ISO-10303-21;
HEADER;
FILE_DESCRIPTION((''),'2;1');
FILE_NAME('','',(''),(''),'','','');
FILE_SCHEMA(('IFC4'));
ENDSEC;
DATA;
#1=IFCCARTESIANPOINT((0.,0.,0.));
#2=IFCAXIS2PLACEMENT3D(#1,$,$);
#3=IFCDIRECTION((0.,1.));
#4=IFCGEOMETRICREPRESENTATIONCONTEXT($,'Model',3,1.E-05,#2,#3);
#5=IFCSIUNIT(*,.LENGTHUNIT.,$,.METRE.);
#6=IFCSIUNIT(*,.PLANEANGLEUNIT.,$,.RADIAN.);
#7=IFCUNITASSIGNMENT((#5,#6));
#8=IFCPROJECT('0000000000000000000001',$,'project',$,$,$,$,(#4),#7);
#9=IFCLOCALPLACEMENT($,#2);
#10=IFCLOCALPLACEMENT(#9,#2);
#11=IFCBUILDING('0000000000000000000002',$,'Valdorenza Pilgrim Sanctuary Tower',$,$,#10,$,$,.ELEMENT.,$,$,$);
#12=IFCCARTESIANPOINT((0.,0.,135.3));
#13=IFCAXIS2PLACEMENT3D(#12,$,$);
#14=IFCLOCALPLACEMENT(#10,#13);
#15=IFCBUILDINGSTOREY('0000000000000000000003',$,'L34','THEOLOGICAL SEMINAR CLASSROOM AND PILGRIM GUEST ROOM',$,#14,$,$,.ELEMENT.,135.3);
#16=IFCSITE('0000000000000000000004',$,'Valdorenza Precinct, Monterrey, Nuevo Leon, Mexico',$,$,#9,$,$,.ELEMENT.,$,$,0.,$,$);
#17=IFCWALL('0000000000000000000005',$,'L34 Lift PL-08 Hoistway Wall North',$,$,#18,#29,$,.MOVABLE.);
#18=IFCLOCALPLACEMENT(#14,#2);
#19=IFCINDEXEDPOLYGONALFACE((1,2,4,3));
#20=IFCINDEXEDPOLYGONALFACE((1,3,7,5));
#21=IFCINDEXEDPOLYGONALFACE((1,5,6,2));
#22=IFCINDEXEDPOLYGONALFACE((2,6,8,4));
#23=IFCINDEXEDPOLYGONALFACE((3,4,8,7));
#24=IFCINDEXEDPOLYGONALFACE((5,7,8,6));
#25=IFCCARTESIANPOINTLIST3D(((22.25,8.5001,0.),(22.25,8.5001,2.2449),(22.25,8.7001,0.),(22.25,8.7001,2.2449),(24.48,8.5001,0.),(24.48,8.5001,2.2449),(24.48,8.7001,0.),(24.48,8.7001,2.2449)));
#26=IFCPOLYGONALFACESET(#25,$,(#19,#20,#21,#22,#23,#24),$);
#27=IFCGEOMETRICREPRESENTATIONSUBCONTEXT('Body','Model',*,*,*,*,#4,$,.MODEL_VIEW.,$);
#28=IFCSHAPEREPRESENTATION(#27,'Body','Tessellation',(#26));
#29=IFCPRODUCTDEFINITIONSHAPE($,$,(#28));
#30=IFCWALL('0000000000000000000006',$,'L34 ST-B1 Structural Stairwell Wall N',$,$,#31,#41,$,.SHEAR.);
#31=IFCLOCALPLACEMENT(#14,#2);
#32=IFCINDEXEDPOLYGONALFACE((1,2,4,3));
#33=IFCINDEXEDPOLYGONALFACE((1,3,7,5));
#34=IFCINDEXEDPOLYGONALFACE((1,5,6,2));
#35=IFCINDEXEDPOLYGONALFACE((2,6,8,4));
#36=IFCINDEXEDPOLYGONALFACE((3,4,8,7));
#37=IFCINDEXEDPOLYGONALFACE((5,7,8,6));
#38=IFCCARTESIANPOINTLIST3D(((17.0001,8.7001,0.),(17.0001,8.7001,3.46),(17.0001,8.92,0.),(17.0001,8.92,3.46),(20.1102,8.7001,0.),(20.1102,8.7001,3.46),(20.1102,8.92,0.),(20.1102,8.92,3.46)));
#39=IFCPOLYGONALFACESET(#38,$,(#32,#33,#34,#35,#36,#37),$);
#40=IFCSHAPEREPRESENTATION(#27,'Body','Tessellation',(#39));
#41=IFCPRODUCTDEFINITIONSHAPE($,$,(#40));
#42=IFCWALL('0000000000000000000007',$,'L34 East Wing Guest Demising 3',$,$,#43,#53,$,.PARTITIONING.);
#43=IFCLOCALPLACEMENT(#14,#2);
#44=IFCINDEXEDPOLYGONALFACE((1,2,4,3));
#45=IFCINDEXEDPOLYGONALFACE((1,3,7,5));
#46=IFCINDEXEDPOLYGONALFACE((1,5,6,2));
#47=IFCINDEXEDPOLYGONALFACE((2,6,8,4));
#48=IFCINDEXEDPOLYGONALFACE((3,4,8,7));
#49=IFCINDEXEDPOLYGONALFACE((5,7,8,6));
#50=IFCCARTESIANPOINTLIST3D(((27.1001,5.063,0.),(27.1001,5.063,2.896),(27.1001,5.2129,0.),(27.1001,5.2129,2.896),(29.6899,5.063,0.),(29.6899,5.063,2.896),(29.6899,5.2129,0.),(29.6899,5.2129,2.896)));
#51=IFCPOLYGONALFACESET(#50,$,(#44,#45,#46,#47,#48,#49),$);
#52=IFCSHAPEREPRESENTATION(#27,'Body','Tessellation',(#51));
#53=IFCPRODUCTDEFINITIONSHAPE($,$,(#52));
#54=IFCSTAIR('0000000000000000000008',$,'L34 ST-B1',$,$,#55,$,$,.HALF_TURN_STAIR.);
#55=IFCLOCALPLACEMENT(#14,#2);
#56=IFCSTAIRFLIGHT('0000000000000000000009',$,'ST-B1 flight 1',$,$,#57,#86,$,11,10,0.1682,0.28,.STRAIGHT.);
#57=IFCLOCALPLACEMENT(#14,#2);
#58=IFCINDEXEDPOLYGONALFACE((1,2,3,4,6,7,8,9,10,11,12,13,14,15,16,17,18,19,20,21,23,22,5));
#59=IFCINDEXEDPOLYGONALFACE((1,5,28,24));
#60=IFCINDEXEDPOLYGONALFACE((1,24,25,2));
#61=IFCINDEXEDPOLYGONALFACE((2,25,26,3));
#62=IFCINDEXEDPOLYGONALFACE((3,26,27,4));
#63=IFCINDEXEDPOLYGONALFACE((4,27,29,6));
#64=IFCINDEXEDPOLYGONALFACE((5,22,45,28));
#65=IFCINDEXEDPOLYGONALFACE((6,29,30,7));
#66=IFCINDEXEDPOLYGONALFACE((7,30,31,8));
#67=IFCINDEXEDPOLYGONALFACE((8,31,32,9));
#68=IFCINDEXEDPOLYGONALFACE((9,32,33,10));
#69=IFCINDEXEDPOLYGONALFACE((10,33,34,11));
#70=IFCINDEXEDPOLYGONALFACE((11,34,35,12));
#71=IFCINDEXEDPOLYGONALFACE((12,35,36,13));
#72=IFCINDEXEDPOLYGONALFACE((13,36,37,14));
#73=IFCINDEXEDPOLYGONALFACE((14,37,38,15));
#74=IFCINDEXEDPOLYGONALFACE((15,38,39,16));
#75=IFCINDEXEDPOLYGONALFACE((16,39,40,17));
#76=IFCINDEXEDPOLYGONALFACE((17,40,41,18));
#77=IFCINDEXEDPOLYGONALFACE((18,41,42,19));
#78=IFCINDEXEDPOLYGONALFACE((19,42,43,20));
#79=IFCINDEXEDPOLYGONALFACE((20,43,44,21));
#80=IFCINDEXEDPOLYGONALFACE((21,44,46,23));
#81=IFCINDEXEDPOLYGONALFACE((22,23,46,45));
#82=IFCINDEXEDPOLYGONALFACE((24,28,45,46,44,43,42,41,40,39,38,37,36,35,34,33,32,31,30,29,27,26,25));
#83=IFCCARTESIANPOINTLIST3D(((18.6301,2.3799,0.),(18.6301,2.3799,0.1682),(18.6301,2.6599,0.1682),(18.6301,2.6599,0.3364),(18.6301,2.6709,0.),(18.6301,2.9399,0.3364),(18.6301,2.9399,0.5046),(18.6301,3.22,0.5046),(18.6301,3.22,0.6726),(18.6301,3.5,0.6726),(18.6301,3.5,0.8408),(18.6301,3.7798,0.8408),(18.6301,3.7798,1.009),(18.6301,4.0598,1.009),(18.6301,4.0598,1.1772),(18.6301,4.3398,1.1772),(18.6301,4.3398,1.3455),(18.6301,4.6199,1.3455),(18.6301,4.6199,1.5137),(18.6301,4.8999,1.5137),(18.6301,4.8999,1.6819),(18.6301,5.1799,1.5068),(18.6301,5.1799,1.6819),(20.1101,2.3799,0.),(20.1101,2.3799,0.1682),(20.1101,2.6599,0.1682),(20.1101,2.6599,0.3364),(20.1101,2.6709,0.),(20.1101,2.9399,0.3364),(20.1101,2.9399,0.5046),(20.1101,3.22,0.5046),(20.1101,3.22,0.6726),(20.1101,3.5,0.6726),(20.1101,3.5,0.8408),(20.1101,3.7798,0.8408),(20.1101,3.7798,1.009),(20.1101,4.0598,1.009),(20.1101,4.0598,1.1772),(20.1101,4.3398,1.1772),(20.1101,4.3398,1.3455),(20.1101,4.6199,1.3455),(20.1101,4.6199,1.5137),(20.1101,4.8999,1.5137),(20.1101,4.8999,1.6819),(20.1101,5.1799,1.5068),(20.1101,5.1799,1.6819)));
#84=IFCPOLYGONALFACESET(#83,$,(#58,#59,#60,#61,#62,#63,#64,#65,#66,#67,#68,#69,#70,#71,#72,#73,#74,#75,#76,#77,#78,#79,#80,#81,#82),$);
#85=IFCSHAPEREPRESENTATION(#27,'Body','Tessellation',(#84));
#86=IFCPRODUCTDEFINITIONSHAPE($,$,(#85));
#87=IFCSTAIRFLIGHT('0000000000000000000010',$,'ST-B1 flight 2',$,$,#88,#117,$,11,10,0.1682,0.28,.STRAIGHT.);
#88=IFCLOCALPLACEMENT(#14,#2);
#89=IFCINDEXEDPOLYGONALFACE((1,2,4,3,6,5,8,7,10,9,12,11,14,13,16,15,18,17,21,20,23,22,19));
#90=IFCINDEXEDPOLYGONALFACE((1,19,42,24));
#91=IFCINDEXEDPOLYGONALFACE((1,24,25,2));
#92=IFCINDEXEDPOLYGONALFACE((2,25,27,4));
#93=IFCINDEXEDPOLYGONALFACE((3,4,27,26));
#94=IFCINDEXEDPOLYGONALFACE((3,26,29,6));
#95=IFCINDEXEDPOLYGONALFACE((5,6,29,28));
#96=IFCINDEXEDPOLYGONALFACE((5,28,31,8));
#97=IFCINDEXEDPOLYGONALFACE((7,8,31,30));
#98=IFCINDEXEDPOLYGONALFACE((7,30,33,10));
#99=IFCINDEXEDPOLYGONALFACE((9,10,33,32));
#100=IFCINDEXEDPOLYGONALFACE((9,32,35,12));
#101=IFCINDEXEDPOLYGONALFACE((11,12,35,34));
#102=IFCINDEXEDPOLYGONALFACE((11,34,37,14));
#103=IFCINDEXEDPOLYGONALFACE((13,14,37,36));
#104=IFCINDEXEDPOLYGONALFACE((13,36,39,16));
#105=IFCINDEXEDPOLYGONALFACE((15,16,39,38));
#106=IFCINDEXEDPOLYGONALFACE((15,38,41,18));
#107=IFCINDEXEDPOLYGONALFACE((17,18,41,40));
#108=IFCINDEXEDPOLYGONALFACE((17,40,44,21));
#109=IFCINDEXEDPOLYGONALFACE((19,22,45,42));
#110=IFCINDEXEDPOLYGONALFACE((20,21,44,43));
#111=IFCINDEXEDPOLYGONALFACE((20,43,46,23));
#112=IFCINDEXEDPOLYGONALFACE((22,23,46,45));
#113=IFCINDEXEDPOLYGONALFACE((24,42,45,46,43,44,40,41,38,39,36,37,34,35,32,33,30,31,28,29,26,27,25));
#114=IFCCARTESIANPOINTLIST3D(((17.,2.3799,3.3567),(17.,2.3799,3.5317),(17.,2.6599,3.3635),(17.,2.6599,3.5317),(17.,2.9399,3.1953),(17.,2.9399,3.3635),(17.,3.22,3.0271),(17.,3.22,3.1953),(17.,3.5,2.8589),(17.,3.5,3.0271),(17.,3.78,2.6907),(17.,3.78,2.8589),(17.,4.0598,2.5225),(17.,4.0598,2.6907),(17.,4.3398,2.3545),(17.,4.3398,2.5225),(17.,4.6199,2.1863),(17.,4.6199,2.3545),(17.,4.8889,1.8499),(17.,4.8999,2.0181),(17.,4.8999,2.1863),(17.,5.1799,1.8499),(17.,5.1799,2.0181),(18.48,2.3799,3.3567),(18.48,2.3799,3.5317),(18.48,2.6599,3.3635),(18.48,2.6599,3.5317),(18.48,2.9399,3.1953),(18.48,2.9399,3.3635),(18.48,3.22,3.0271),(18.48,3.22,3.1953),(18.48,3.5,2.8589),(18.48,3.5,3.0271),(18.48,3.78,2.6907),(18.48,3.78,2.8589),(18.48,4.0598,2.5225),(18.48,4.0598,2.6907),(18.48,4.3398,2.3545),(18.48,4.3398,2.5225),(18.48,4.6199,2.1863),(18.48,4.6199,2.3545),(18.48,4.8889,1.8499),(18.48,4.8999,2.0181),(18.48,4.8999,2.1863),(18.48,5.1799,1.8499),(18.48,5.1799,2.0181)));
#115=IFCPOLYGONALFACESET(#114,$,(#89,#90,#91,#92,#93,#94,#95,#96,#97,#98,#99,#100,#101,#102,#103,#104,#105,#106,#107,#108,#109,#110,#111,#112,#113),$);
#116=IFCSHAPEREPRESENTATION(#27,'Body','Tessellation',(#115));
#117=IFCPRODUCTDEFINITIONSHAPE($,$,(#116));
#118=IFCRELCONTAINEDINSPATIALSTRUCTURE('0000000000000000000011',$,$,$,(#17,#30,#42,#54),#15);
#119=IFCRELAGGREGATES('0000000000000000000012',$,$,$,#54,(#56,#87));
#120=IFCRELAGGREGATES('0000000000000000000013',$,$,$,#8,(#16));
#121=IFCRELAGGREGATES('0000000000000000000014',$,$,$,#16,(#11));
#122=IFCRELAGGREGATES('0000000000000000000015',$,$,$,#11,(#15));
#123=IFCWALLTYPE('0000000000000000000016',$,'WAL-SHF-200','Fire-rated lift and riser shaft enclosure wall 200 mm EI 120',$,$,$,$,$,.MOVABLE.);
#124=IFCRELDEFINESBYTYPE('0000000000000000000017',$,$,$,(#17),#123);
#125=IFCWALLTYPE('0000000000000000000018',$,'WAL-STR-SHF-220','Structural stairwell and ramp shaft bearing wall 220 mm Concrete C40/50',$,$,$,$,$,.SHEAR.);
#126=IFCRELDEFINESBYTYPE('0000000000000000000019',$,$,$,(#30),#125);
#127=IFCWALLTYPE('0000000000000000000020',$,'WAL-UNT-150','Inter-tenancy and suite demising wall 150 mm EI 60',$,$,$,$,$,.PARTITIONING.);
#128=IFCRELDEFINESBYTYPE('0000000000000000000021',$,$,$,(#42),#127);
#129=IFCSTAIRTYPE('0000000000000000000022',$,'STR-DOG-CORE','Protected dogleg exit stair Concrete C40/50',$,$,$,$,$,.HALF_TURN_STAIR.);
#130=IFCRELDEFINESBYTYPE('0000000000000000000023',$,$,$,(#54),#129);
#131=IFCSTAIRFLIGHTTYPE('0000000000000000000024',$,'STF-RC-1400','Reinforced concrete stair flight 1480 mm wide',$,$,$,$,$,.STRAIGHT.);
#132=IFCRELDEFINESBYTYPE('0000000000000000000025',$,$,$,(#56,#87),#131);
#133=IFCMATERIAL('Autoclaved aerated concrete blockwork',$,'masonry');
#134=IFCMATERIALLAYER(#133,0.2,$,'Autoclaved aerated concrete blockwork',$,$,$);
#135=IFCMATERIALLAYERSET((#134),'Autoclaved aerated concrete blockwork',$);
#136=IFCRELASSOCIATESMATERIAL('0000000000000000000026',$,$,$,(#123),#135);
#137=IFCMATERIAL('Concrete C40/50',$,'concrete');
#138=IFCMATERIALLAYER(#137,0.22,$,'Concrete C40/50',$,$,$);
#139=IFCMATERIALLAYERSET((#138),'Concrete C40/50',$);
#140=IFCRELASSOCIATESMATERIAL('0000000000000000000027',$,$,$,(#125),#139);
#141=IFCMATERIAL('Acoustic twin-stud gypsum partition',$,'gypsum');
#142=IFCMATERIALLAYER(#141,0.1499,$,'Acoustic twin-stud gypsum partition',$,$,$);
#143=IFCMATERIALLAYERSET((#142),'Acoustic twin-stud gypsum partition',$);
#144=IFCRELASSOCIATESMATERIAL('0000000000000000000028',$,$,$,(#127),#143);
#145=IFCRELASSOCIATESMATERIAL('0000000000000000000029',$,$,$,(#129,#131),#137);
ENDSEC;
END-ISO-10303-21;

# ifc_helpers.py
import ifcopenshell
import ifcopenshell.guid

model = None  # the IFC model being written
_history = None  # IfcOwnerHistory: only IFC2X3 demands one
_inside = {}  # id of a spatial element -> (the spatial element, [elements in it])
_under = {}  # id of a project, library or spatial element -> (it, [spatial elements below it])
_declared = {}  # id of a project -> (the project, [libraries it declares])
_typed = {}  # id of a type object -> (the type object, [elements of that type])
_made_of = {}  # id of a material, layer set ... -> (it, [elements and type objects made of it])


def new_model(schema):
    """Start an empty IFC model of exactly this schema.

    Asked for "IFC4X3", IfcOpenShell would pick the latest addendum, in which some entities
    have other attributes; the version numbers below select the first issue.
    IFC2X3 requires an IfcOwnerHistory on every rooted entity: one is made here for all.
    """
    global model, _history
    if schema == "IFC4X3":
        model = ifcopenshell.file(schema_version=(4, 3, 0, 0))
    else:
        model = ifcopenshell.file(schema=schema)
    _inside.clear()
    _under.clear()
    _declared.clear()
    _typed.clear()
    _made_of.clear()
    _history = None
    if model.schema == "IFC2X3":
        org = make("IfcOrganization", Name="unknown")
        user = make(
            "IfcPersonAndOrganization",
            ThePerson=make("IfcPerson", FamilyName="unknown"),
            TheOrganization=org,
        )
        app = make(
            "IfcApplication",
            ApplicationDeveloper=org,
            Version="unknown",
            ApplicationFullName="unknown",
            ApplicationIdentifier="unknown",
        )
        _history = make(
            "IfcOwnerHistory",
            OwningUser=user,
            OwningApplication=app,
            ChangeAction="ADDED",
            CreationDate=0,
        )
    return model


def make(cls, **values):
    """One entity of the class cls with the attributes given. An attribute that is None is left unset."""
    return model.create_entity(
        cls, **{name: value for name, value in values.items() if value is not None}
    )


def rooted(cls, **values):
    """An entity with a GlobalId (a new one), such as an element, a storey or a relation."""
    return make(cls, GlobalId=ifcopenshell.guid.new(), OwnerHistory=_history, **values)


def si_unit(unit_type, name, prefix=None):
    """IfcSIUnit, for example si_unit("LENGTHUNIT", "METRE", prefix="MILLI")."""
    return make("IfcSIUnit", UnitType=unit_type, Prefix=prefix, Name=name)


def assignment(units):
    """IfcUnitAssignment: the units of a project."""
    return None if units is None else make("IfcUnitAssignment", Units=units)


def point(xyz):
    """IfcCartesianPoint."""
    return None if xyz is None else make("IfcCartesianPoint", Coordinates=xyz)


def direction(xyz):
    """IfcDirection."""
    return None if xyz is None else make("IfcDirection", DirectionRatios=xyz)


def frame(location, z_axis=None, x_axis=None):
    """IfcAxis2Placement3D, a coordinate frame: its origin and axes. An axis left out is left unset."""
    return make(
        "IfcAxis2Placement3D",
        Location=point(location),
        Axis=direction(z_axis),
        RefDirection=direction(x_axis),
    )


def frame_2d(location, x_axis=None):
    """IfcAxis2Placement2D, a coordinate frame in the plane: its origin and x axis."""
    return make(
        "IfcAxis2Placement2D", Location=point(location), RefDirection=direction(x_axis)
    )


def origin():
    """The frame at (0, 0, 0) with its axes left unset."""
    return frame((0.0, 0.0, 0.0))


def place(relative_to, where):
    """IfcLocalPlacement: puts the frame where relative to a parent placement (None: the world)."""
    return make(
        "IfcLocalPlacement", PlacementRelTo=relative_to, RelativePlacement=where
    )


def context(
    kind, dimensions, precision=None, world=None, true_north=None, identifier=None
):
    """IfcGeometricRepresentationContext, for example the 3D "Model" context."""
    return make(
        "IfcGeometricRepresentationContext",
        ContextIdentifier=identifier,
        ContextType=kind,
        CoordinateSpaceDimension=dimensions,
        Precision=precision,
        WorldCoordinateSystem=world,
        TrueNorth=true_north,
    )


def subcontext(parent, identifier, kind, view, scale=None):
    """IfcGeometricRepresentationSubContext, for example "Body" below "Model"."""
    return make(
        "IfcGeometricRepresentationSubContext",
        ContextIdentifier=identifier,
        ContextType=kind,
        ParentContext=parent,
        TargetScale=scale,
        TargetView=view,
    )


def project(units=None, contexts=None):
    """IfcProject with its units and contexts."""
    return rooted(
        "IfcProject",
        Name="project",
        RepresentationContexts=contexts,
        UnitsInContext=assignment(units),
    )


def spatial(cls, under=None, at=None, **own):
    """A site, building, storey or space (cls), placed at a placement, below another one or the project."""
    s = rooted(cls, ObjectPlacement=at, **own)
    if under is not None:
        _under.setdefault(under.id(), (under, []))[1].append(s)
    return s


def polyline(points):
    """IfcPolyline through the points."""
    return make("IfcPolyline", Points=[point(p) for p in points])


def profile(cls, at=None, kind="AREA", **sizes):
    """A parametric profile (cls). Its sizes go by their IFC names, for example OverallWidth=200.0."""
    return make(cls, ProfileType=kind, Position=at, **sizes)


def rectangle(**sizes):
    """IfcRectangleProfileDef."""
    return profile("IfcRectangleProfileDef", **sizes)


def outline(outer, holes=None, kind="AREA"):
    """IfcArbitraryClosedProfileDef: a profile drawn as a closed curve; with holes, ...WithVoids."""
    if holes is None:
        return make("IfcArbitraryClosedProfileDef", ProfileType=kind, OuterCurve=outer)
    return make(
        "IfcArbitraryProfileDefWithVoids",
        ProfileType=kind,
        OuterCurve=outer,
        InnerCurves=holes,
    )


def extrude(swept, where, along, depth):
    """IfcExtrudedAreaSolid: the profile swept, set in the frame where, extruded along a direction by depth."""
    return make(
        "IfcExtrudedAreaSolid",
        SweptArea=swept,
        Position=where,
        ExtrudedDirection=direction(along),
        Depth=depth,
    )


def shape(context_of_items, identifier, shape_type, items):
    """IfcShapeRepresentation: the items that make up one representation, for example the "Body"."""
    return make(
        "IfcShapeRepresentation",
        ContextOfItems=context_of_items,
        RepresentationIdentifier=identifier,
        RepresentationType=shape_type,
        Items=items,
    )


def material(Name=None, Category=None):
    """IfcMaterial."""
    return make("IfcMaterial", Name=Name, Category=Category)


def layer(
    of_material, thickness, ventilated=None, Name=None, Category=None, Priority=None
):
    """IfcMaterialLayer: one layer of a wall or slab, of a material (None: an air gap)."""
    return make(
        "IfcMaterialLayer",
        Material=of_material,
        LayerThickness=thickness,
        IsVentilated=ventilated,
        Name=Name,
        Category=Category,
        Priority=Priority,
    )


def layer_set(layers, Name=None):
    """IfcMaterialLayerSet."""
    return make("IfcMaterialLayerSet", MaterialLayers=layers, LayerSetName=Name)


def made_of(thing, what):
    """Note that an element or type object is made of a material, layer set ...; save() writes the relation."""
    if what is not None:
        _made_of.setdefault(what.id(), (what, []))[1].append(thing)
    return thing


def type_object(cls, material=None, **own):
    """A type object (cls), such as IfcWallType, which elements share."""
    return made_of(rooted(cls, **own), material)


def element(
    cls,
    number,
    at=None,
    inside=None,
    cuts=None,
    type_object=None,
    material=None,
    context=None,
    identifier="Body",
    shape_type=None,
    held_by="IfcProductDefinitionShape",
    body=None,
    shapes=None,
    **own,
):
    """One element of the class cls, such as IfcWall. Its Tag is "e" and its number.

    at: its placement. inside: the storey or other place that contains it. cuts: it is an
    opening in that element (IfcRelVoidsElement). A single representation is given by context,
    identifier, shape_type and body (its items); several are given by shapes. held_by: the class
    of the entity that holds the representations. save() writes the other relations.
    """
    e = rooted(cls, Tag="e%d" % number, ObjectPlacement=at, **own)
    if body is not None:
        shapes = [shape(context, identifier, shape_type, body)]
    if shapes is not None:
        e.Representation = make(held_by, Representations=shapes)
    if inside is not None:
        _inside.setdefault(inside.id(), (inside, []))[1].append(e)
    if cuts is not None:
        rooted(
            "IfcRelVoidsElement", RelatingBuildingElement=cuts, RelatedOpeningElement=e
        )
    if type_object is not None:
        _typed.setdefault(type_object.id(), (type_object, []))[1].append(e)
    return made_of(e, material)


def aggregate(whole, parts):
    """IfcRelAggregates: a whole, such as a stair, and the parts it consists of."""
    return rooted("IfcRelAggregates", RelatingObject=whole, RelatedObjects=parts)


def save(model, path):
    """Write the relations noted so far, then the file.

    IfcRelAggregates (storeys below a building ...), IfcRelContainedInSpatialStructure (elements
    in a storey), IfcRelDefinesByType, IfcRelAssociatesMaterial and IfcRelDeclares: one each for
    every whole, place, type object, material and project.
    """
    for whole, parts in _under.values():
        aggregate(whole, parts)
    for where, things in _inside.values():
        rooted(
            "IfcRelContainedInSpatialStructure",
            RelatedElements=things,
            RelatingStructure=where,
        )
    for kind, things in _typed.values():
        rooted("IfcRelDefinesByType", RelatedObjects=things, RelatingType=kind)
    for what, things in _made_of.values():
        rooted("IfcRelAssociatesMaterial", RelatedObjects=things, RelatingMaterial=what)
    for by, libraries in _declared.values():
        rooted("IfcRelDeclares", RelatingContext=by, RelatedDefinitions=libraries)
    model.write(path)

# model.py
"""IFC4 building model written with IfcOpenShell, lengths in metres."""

from ifc_helpers import new_model, si_unit, direction, frame, frame_2d, origin, place, context, subcontext, project, spatial, polyline, rectangle, outline, extrude, material, layer, layer_set, type_object, element, aggregate, save


model = new_model("IFC4")

# Units and contexts
model_context = context("Model", 3, precision=1e-05, world=origin(), true_north=direction((0.0, 1.0)))
body_context = subcontext(model_context, "Body", "Model", "MODEL_VIEW")
ifc_project = project(units=[si_unit("LENGTHUNIT", "METRE"), si_unit("PLANEANGLEUNIT", "RADIAN")], contexts=[model_context])

# Site, building, storey
site_placement = place(None, origin())
site = spatial("IfcSite", under=ifc_project, at=site_placement, Name="Valdorenza Precinct, Monterrey, Nuevo Leon, Mexico", CompositionType="ELEMENT", RefElevation=0.0)
building_placement = place(site_placement, origin())
building = spatial("IfcBuilding", under=site, at=building_placement, Name="Valdorenza Pilgrim Sanctuary Tower", CompositionType="ELEMENT")
storey_placement = place(building_placement, frame((0.0, 0.0, 135.3)))
storey = spatial("IfcBuildingStorey", under=building, at=storey_placement, Name="L34", Description="THEOLOGICAL SEMINAR CLASSROOM AND PILGRIM GUEST ROOM", CompositionType="ELEMENT", Elevation=135.3)

# Shared definitions
ifc_material_1 = material(Name="Acoustic twin-stud gypsum partition", Category="gypsum")

# Shared definitions
ifc_material_2 = material(Name="Autoclaved aerated concrete blockwork", Category="masonry")
ifc_layer_1 = layer(ifc_material_2, 0.2, Name="Autoclaved aerated concrete blockwork")
ifc_layer_set_1 = layer_set([ifc_layer_1], Name="Autoclaved aerated concrete blockwork")
wall_type_1 = type_object("IfcWallType", Name="WAL-SHF-200", Description="Fire-rated lift and riser shaft enclosure wall 200 mm EI 120", PredefinedType="MOVABLE", material=ifc_layer_set_1)

# Wall
wall_1_placement = place(storey_placement, frame((22.25, 8.6001, 0.0), z_axis=(0.0, 0.0, 1.0), x_axis=(1.0, 0.0, 0.0)))
element("IfcWall", 1, at=wall_1_placement, inside=storey, type_object=wall_type_1, Name="L34 Lift PL-08 Hoistway Wall North", PredefinedType="MOVABLE", context=body_context, shape_type="SweptSolid", body=[
    extrude(rectangle(XDim=2.23, YDim=0.2, at=frame_2d((1.115, 0.0))), origin(), (0.0, 0.0, 1.0), 2.2449),
])

# Shared definitions
ifc_material_3 = material(Name="Concrete C40/50", Category="concrete")
ifc_layer_2 = layer(ifc_material_3, 0.22, Name="Concrete C40/50")
ifc_layer_set_2 = layer_set([ifc_layer_2], Name="Concrete C40/50")
wall_type_2 = type_object("IfcWallType", Name="WAL-STR-SHF-220", Description="Structural stairwell and ramp shaft bearing wall 220 mm Concrete C40/50", PredefinedType="SHEAR", material=ifc_layer_set_2)

# Walls
wall_2_placement = place(storey_placement, frame((17.0, 8.8101, 0.0), z_axis=(0.0, 0.0, 1.0), x_axis=(1.0, 0.0, 0.0)))
element("IfcWall", 2, at=wall_2_placement, inside=storey, type_object=wall_type_2, Name="L34 ST-B1 Structural Stairwell Wall N", PredefinedType="SHEAR", context=body_context, shape_type="SweptSolid", body=[
    extrude(rectangle(XDim=3.1101, YDim=0.22, at=frame_2d((1.5552, 0.0))), origin(), (0.0, 0.0, 1.0), 3.46),
])
ifc_layer_3 = layer(ifc_material_1, 0.1499, Name="Acoustic twin-stud gypsum partition")
ifc_layer_set_3 = layer_set([ifc_layer_3], Name="Acoustic twin-stud gypsum partition")
wall_type_3 = type_object("IfcWallType", Name="WAL-UNT-150", Description="Inter-tenancy and suite demising wall 150 mm EI 60", PredefinedType="PARTITIONING", material=ifc_layer_set_3)
wall_3_placement = place(storey_placement, frame((27.1001, 5.1379, 0.0), z_axis=(0.0, 0.0, 1.0), x_axis=(1.0, 0.0, 0.0)))
element("IfcWall", 3, at=wall_3_placement, inside=storey, type_object=wall_type_3, Name="L34 East Wing Guest Demising 3", PredefinedType="PARTITIONING", context=body_context, shape_type="SweptSolid", body=[
    extrude(rectangle(XDim=2.5898, YDim=0.1499, at=frame_2d((1.2949, 0.0))), origin(), (0.0, 0.0, 1.0), 2.896),
])

# Stair, stair flights
stair_type = type_object("IfcStairType", Name="STR-DOG-CORE", Description="Protected dogleg exit stair Concrete C40/50", PredefinedType="HALF_TURN_STAIR", material=ifc_material_3)
stair_placement = place(storey_placement, origin())
stair = element("IfcStair", 4, at=stair_placement, inside=storey, type_object=stair_type, Name="L34 ST-B1", PredefinedType="HALF_TURN_STAIR")
stair_flight_type = type_object("IfcStairFlightType", Name="STF-RC-1400", Description="Reinforced concrete stair flight 1480 mm wide", PredefinedType="STRAIGHT", material=ifc_material_3)
stair_flight_1_placement = place(storey_placement, frame((19.3701, 2.3799, 0.0), z_axis=(0.0, 0.0, 1.0), x_axis=(0.0, 1.0, 0.0)))
stair_flight_1 = element("IfcStairFlight", 5, at=stair_flight_1_placement, type_object=stair_flight_type, Name="ST-B1 flight 1", NumberOfRisers=11, NumberOfTreads=10, PredefinedType="STRAIGHT", RiserHeight=0.1682, TreadLength=0.28, context=body_context, shape_type="SweptSolid", body=[
    extrude(outline(polyline([(0.0, 0.0), (0.0, 0.1682), (0.28, 0.1682), (0.28, 0.3364), (0.5601, 0.3364), (0.5601, 0.5046), (0.8401, 0.5046), (0.8401, 0.6726), (1.1201, 0.6726), (1.1201, 0.8408), (1.3999, 0.8408), (1.3999, 1.009), (1.6799, 1.009), (1.6799, 1.1772), (1.96, 1.1772), (1.96, 1.3455), (2.24, 1.3455), (2.24, 1.5137), (2.52, 1.5137), (2.52, 1.6819), (2.8, 1.6819), (2.8, 1.8501), (2.8, 1.5068), (0.291, 0.0), (0.0, 0.0)])), frame((0.0, 0.74, 0.0), z_axis=(0.0, -1.0, 0.0), x_axis=(1.0, 0.0, 0.0)), (0.0, 0.0, 1.0), 1.48),
])
stair_flight_2_placement = place(storey_placement, frame((17.74, 5.1799, 1.8499), z_axis=(0.0, 0.0, 1.0), x_axis=(0.0, -1.0, 0.0)))
stair_flight_2 = element("IfcStairFlight", 6, at=stair_flight_2_placement, type_object=stair_flight_type, Name="ST-B1 flight 2", NumberOfRisers=11, NumberOfTreads=10, PredefinedType="STRAIGHT", RiserHeight=0.1682, TreadLength=0.28, context=body_context, shape_type="SweptSolid", body=[
    extrude(outline(polyline([(0.0, 0.0), (0.0, 0.1682), (0.28, 0.1682), (0.28, 0.3364), (0.5601, 0.3364), (0.5601, 0.5046), (0.8401, 0.5046), (0.8401, 0.6726), (1.1201, 0.6726), (1.1201, 0.8408), (1.3999, 0.8408), (1.3999, 1.009), (1.6799, 1.009), (1.6799, 1.1772), (1.96, 1.1772), (1.96, 1.3455), (2.24, 1.3455), (2.24, 1.5137), (2.52, 1.5137), (2.52, 1.6819), (2.8, 1.6819), (2.8, 1.8501), (2.8, 1.5068), (0.291, 0.0), (0.0, 0.0)])), frame((0.0, 0.74, 0.0), z_axis=(0.0, -1.0, 0.0), x_axis=(1.0, 0.0, 0.0)), (0.0, 0.0, 1.0), 1.48),
])
aggregate(stair, [stair_flight_1, stair_flight_2])

save(model, "model.ifc")
